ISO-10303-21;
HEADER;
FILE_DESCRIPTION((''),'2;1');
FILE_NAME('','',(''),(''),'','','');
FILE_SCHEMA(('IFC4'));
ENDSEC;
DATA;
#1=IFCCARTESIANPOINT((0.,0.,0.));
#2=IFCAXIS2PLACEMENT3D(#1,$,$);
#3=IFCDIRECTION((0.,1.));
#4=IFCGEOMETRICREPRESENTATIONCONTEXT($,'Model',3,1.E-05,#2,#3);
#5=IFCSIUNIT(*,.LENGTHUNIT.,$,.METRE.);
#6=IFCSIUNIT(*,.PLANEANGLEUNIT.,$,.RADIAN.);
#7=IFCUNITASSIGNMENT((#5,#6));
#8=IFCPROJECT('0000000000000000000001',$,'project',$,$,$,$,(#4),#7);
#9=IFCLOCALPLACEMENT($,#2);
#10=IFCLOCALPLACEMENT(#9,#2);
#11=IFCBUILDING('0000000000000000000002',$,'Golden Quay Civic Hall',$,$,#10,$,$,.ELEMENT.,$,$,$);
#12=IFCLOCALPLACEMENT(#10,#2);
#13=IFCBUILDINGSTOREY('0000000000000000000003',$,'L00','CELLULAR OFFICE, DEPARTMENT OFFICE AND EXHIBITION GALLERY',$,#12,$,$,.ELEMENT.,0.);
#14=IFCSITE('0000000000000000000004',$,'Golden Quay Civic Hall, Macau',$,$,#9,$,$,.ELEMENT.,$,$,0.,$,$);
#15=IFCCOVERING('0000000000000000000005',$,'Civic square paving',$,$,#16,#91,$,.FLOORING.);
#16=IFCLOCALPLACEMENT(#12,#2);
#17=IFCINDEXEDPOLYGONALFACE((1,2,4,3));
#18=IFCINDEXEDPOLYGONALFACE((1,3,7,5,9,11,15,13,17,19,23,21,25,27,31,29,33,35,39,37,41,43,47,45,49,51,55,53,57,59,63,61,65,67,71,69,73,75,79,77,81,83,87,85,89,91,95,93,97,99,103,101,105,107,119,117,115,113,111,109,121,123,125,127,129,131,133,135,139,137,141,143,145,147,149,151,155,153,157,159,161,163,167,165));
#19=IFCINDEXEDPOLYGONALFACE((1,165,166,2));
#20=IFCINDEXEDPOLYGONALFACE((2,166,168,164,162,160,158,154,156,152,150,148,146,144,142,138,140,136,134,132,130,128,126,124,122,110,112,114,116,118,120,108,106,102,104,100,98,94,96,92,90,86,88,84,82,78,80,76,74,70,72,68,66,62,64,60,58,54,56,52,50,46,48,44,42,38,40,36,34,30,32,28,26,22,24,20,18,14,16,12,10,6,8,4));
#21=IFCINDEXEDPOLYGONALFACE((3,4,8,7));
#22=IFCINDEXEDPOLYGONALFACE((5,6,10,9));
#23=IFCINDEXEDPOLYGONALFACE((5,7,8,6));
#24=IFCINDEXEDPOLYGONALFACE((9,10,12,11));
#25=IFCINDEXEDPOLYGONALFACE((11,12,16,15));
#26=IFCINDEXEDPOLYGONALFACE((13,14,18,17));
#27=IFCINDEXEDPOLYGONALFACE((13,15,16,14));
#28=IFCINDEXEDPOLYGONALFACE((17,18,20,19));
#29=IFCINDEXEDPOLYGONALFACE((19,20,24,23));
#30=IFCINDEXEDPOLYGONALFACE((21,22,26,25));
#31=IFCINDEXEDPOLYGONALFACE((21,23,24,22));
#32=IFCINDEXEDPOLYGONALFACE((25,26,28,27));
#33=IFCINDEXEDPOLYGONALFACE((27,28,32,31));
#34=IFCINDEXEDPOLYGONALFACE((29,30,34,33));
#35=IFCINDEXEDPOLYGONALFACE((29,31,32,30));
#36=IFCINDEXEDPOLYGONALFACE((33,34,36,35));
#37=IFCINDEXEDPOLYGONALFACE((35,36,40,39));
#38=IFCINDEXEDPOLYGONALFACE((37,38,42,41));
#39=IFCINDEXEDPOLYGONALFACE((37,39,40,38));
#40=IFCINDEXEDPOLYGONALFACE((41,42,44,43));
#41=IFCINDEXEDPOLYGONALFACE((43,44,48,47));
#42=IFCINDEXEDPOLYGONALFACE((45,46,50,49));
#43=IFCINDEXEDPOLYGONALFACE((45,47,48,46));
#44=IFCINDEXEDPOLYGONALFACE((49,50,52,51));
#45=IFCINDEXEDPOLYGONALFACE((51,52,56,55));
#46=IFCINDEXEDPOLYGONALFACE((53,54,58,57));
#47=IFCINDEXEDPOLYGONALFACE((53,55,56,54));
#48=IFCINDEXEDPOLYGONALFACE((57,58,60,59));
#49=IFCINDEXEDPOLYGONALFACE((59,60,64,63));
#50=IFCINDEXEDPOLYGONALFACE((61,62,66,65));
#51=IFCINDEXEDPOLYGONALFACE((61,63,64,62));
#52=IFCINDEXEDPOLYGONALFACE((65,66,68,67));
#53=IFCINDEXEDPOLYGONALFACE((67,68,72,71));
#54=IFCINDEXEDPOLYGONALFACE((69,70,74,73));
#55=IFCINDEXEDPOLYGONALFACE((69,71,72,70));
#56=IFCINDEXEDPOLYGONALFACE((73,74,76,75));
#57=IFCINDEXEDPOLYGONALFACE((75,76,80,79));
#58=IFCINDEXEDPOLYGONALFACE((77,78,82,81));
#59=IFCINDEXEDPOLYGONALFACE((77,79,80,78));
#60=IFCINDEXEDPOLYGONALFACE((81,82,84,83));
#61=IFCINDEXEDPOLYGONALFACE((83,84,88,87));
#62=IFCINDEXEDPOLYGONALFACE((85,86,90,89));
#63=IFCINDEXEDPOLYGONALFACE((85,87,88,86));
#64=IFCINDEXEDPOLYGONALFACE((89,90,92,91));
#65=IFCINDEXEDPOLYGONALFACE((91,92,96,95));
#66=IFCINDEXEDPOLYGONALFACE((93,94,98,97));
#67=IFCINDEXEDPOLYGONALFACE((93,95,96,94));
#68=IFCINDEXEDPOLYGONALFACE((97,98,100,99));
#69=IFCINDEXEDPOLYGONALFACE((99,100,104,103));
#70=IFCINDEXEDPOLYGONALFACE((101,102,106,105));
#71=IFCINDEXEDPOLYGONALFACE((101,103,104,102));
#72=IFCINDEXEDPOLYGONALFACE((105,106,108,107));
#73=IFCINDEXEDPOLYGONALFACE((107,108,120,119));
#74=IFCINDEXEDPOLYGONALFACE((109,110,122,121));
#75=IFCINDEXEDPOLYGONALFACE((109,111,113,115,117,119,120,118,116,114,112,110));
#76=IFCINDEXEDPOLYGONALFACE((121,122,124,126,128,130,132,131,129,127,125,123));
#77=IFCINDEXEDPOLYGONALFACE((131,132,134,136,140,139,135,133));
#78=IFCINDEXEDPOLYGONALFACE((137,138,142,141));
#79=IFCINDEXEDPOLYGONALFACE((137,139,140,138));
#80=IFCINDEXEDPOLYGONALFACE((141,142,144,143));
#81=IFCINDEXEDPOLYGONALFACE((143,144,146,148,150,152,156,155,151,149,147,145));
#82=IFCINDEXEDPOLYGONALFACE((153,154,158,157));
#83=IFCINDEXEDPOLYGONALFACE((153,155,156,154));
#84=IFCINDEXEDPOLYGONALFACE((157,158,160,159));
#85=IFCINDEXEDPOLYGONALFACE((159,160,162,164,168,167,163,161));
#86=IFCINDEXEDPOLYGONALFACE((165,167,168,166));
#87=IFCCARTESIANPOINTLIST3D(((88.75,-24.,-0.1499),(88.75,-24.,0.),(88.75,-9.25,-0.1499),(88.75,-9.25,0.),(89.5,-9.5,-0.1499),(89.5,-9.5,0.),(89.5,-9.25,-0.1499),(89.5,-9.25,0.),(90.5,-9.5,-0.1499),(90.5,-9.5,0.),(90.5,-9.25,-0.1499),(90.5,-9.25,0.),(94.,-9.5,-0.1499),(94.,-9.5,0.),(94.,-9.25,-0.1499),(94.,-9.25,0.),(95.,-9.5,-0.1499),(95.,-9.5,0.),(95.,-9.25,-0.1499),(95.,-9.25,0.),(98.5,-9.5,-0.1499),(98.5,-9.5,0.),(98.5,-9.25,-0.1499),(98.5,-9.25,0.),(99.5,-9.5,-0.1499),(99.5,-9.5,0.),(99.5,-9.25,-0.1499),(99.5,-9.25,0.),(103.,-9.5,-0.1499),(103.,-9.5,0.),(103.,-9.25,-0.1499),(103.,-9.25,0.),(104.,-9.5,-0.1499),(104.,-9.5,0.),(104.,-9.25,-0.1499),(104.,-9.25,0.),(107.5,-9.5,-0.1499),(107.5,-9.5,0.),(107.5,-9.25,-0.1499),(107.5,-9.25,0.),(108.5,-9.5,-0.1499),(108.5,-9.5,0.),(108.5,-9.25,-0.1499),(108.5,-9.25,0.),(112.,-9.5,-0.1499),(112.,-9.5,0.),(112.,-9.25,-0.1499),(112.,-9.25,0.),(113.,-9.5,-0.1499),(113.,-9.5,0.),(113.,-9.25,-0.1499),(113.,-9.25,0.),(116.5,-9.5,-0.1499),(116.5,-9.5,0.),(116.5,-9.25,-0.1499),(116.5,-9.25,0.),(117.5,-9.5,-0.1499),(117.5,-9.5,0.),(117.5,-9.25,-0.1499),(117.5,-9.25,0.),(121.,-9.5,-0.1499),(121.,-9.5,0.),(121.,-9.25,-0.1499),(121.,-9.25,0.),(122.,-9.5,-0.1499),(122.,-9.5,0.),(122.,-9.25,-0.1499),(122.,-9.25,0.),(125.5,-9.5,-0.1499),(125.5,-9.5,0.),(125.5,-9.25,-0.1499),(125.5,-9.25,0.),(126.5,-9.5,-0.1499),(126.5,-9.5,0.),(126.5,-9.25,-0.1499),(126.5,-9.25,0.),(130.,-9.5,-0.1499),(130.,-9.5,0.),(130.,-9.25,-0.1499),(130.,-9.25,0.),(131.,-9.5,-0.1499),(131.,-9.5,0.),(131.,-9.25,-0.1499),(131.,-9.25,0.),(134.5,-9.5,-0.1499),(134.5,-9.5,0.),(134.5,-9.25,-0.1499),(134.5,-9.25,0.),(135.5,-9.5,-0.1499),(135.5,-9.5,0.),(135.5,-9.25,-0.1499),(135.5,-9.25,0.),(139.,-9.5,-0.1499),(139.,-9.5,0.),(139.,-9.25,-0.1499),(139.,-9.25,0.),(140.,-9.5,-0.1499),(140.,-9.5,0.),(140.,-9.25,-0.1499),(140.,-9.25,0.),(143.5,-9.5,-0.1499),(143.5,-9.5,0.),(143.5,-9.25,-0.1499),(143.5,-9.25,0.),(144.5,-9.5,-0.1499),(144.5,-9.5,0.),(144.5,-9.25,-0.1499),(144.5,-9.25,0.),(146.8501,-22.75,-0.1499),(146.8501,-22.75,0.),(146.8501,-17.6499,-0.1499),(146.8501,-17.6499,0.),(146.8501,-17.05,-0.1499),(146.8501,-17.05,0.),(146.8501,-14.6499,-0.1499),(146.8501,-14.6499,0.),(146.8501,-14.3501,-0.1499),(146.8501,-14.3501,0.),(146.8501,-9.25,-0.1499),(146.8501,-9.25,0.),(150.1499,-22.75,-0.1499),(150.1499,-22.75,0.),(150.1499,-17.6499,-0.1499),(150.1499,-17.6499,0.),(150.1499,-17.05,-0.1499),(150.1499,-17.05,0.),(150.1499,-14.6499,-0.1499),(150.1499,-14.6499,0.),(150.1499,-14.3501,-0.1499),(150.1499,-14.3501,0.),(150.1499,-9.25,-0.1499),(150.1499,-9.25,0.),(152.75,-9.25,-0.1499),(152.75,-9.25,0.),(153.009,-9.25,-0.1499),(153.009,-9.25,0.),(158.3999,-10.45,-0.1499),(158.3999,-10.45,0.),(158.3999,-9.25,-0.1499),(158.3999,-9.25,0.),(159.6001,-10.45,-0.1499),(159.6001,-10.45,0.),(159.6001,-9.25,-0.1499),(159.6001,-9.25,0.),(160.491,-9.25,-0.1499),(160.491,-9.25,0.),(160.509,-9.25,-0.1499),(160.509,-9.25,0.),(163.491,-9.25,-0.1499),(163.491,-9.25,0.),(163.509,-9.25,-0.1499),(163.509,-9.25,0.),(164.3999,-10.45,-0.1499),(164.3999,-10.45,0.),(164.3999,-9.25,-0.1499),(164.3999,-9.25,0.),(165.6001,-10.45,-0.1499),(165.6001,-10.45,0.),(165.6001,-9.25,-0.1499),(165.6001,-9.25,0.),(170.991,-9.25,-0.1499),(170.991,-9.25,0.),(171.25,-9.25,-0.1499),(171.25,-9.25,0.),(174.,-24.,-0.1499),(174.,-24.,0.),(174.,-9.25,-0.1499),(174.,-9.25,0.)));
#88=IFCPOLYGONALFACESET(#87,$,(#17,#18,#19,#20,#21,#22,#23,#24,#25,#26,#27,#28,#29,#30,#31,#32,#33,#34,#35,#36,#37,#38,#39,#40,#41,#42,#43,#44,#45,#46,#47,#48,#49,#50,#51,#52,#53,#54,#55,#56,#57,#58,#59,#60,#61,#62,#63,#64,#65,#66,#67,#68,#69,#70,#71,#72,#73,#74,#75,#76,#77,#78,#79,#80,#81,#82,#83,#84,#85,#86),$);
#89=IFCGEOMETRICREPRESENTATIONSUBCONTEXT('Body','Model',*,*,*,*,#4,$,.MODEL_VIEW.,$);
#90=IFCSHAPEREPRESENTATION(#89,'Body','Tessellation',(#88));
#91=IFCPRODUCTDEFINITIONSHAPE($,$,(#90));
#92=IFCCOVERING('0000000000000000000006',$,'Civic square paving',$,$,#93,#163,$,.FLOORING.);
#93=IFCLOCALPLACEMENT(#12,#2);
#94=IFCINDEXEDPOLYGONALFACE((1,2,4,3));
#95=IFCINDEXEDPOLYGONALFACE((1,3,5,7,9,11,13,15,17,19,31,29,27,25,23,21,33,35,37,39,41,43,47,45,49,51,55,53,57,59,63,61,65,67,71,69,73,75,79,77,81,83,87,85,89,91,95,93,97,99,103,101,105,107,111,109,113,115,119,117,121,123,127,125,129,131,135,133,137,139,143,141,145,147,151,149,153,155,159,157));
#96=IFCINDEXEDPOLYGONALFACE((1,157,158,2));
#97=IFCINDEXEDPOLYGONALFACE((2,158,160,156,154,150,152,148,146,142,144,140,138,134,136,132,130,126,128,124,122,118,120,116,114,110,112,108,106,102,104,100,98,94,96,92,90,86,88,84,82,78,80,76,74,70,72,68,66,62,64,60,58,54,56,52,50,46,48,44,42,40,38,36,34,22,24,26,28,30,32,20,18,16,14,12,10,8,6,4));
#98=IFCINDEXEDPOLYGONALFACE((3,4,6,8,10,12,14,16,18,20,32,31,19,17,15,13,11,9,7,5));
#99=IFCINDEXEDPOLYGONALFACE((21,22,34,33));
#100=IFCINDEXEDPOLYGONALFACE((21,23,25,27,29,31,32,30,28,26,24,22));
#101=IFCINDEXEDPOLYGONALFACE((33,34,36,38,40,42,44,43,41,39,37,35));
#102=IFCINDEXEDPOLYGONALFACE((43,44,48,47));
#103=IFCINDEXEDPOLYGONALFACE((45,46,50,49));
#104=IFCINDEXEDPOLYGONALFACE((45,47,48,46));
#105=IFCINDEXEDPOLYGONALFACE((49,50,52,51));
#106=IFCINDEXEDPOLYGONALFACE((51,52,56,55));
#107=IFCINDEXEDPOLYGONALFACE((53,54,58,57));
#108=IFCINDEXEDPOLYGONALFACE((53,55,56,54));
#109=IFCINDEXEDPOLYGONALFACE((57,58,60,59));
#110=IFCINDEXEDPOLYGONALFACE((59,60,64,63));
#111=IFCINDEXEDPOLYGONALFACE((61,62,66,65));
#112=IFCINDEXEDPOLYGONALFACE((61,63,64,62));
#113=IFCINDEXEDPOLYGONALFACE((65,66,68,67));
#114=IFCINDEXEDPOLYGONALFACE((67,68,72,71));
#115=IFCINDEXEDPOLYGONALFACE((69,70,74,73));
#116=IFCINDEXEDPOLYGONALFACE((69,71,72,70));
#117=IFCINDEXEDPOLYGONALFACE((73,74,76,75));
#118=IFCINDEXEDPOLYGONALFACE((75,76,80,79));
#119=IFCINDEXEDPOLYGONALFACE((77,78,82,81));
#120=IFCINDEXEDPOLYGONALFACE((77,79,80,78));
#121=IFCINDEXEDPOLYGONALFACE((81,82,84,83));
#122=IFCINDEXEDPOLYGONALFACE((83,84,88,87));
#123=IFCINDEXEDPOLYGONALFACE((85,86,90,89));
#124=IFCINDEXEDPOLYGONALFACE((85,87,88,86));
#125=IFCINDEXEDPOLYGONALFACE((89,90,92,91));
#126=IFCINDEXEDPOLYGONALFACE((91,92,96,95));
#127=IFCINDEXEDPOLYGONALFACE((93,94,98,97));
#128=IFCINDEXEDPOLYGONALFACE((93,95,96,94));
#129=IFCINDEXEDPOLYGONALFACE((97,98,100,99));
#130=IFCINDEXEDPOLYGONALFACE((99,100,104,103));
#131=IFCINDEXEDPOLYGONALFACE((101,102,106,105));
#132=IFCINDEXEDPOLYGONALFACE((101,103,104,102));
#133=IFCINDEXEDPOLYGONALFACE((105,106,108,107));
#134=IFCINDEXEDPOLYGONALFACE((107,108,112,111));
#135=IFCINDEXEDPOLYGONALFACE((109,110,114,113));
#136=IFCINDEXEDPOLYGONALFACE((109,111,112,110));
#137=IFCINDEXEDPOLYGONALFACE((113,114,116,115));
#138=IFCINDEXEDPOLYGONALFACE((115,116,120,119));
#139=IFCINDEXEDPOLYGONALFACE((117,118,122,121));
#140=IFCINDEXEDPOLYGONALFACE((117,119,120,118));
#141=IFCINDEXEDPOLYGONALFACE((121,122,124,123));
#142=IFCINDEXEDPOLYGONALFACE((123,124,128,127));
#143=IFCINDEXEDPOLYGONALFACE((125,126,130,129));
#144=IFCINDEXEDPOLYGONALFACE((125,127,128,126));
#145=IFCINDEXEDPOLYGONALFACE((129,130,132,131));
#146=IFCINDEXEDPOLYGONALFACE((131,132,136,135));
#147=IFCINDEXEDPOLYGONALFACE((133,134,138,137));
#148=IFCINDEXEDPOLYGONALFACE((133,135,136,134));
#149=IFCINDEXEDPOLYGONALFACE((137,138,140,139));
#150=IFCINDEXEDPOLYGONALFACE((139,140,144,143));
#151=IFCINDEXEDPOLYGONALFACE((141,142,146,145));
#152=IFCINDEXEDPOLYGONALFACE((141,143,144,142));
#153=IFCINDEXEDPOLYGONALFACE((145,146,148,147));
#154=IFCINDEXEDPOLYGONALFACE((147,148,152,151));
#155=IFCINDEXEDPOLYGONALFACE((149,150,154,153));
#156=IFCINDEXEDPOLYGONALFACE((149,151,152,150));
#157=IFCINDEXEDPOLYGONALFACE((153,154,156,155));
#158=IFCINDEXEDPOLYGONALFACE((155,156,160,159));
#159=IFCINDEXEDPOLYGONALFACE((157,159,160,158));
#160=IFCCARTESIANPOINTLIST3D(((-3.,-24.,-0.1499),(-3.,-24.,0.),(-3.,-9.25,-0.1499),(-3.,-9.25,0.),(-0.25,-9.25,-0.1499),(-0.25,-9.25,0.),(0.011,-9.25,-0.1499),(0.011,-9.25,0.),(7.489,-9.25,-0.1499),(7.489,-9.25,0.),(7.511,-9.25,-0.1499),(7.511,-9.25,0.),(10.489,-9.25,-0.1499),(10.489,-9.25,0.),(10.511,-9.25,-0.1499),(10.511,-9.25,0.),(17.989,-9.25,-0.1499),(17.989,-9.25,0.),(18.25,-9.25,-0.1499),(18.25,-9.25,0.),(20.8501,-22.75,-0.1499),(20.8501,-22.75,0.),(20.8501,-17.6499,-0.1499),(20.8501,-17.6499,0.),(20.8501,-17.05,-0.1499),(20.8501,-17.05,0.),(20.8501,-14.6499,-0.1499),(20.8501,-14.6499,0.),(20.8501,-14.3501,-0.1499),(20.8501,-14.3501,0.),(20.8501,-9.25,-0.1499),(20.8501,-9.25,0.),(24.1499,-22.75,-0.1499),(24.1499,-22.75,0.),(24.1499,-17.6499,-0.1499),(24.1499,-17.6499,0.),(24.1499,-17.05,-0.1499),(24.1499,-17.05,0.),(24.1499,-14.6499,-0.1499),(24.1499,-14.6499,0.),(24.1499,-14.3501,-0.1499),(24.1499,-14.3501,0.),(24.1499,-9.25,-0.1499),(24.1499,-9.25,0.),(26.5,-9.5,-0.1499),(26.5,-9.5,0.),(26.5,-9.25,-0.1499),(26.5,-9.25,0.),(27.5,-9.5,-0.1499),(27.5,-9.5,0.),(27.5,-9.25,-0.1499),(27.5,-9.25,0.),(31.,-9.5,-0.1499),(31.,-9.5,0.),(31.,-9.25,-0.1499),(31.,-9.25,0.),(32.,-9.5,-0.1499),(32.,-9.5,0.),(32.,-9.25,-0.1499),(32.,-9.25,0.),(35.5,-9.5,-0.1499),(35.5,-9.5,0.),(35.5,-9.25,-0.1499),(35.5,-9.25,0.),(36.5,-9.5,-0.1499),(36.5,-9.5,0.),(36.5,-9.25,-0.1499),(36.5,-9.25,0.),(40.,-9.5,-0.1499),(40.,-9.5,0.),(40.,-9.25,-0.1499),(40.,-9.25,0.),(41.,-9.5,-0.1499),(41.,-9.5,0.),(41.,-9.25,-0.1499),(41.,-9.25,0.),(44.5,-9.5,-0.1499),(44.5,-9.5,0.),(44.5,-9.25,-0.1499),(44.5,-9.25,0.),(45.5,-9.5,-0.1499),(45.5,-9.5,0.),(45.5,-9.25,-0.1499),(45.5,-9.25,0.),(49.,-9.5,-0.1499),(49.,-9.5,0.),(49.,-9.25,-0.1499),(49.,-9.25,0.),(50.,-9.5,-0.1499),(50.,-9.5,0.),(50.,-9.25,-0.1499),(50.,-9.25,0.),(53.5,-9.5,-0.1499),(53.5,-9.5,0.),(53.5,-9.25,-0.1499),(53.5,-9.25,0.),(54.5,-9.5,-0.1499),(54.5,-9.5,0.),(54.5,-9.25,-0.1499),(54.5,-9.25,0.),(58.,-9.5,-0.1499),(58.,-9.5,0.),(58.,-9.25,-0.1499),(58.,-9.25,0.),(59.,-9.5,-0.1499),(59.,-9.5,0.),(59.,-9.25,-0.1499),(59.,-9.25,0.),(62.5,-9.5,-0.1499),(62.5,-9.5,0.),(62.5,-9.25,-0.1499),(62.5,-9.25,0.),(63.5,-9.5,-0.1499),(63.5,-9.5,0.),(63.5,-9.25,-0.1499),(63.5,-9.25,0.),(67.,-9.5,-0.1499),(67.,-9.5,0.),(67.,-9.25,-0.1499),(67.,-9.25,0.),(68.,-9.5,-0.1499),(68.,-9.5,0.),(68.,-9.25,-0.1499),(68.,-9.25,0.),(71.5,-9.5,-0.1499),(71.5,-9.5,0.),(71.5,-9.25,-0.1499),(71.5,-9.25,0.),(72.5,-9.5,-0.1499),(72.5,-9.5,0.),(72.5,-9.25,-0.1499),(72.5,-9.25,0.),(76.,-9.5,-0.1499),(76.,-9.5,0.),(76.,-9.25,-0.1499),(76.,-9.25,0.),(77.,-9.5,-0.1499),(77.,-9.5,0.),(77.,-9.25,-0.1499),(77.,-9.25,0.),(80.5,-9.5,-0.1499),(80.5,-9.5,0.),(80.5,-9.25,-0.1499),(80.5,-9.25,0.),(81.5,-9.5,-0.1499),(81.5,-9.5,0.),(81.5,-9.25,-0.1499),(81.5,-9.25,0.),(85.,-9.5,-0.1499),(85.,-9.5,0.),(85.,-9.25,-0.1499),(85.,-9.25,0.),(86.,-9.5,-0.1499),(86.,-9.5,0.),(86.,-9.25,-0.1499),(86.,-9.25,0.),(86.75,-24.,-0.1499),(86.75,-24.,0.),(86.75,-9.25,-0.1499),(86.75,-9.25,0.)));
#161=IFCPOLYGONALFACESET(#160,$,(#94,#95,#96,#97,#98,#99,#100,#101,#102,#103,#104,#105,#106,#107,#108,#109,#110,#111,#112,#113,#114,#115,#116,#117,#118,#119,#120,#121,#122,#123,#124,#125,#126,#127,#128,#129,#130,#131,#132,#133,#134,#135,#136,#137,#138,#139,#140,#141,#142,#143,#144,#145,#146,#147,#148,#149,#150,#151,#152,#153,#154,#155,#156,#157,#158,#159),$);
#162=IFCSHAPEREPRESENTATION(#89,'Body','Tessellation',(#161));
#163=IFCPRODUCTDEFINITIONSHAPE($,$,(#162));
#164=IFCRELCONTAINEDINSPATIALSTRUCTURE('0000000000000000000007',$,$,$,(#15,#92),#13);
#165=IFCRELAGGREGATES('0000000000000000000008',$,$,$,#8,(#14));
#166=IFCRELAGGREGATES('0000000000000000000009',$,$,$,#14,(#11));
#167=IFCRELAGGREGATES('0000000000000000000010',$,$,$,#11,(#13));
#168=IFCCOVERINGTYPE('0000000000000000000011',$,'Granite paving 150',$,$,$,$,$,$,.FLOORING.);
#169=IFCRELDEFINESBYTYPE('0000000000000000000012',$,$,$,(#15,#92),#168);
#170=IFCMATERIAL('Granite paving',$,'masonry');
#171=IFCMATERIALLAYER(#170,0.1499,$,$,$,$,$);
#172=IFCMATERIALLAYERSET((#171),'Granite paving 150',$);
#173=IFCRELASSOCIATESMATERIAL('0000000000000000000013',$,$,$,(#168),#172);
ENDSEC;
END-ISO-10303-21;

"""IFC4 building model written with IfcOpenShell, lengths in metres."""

from ifc_helpers import new_model, si_unit, direction, frame, origin, place, context, subcontext, project, spatial, polyline, outline, extrude, material, layer, layer_set, type_object, element, save


model = new_model("IFC4")

# Units and contexts
model_context = context("Model", 3, precision=1e-05, world=origin(), true_north=direction((0.0, 1.0)))
body_context = subcontext(model_context, "Body", "Model", "MODEL_VIEW")
ifc_project = project(units=[si_unit("LENGTHUNIT", "METRE"), si_unit("PLANEANGLEUNIT", "RADIAN")], contexts=[model_context])

# Site, building, storey
site_placement = place(None, origin())
site = spatial("IfcSite", under=ifc_project, at=site_placement, Name="Golden Quay Civic Hall, Macau", CompositionType="ELEMENT", RefElevation=0.0)
building_placement = place(site_placement, origin())
building = spatial("IfcBuilding", under=site, at=building_placement, Name="Golden Quay Civic Hall", CompositionType="ELEMENT")
storey_placement = place(building_placement, origin())
storey = spatial("IfcBuildingStorey", under=building, at=storey_placement, Name="L00", Description="CELLULAR OFFICE, DEPARTMENT OFFICE AND EXHIBITION GALLERY", CompositionType="ELEMENT", Elevation=0.0)

# Coverings
ifc_material_1 = material(Name="Granite paving", Category="masonry")
ifc_layer_1 = layer(ifc_material_1, 0.1499)
ifc_layer_set_1 = layer_set([ifc_layer_1], Name="Granite paving 150")
covering_type_1 = type_object("IfcCoveringType", Name="Granite paving 150", PredefinedType="FLOORING", material=ifc_layer_set_1)
covering_1_placement = place(storey_placement, frame((0.0, 0.0, -0.1499)))
element("IfcCovering", 1, at=covering_1_placement, inside=storey, type_object=covering_type_1, Name="Civic square paving", PredefinedType="FLOORING", context=body_context, shape_type="SweptSolid", body=[
    extrude(outline(polyline([(174.0, -24.0), (88.75, -24.0), (88.75, -9.25), (89.5, -9.25), (89.5, -9.5), (90.5, -9.5), (90.5, -9.25), (94.0, -9.25), (94.0, -9.5), (95.0, -9.5), (95.0, -9.25), (98.5, -9.25), (98.5, -9.5), (99.5, -9.5), (99.5, -9.25), (103.0, -9.25), (103.0, -9.5), (104.0, -9.5), (104.0, -9.25), (107.5, -9.25), (107.5, -9.5), (108.5, -9.5), (108.5, -9.25), (112.0, -9.25), (112.0, -9.5), (113.0, -9.5), (113.0, -9.25), (116.5, -9.25), (116.5, -9.5), (117.5, -9.5), (117.5, -9.25), (121.0, -9.25), (121.0, -9.5), (122.0, -9.5), (122.0, -9.25), (125.5, -9.25), (125.5, -9.5), (126.5, -9.5), (126.5, -9.25), (130.0, -9.25), (130.0, -9.5), (131.0, -9.5), (131.0, -9.25), (134.5, -9.25), (134.5, -9.5), (135.5, -9.5), (135.5, -9.25), (139.0, -9.25), (139.0, -9.5), (140.0, -9.5), (140.0, -9.25), (143.5, -9.25), (143.5, -9.5), (144.5, -9.5), (144.5, -9.25), (146.8501, -9.25), (146.8501, -14.3501), (146.8501, -14.6499), (146.8501, -17.05), (146.8501, -17.6499), (146.8501, -22.75), (150.1499, -22.75), (150.1499, -17.6499), (150.1499, -17.05), (150.1499, -14.6499), (150.1499, -14.3501), (150.1499, -9.25), (152.75, -9.25), (153.009, -9.25), (158.3999, -9.25), (158.3999, -10.45), (159.6001, -10.45), (159.6001, -9.25), (160.491, -9.25), (160.509, -9.25), (163.491, -9.25), (163.509, -9.25), (164.3999, -9.25), (164.3999, -10.45), (165.6001, -10.45), (165.6001, -9.25), (170.991, -9.25), (171.25, -9.25), (174.0, -9.25), (174.0, -24.0)])), origin(), (0.0, 0.0, 1.0), 0.1499),
])
covering_2_placement = place(storey_placement, frame((0.0, 0.0, -0.1499)))
element("IfcCovering", 2, at=covering_2_placement, inside=storey, type_object=covering_type_1, Name="Civic square paving", PredefinedType="FLOORING", context=body_context, shape_type="SweptSolid", body=[
    extrude(outline(polyline([(86.75, -9.25), (86.75, -24.0), (-3.0, -24.0), (-3.0, -9.25), (-0.25, -9.25), (0.011, -9.25), (7.489, -9.25), (7.511, -9.25), (10.489, -9.25), (10.511, -9.25), (17.989, -9.25), (18.25, -9.25), (20.8501, -9.25), (20.8501, -14.3501), (20.8501, -14.6499), (20.8501, -17.05), (20.8501, -17.6499), (20.8501, -22.75), (24.1499, -22.75), (24.1499, -17.6499), (24.1499, -17.05), (24.1499, -14.6499), (24.1499, -14.3501), (24.1499, -9.25), (26.5, -9.25), (26.5, -9.5), (27.5, -9.5), (27.5, -9.25), (31.0, -9.25), (31.0, -9.5), (32.0, -9.5), (32.0, -9.25), (35.5, -9.25), (35.5, -9.5), (36.5, -9.5), (36.5, -9.25), (40.0, -9.25), (40.0, -9.5), (41.0, -9.5), (41.0, -9.25), (44.5, -9.25), (44.5, -9.5), (45.5, -9.5), (45.5, -9.25), (49.0, -9.25), (49.0, -9.5), (50.0, -9.5), (50.0, -9.25), (53.5, -9.25), (53.5, -9.5), (54.5, -9.5), (54.5, -9.25), (58.0, -9.25), (58.0, -9.5), (59.0, -9.5), (59.0, -9.25), (62.5, -9.25), (62.5, -9.5), (63.5, -9.5), (63.5, -9.25), (67.0, -9.25), (67.0, -9.5), (68.0, -9.5), (68.0, -9.25), (71.5, -9.25), (71.5, -9.5), (72.5, -9.5), (72.5, -9.25), (76.0, -9.25), (76.0, -9.5), (77.0, -9.5), (77.0, -9.25), (80.5, -9.25), (80.5, -9.5), (81.5, -9.5), (81.5, -9.25), (85.0, -9.25), (85.0, -9.5), (86.0, -9.5), (86.0, -9.25), (86.75, -9.25)])), origin(), (0.0, 0.0, 1.0), 0.1499),
])

save(model, "model.ifc")
